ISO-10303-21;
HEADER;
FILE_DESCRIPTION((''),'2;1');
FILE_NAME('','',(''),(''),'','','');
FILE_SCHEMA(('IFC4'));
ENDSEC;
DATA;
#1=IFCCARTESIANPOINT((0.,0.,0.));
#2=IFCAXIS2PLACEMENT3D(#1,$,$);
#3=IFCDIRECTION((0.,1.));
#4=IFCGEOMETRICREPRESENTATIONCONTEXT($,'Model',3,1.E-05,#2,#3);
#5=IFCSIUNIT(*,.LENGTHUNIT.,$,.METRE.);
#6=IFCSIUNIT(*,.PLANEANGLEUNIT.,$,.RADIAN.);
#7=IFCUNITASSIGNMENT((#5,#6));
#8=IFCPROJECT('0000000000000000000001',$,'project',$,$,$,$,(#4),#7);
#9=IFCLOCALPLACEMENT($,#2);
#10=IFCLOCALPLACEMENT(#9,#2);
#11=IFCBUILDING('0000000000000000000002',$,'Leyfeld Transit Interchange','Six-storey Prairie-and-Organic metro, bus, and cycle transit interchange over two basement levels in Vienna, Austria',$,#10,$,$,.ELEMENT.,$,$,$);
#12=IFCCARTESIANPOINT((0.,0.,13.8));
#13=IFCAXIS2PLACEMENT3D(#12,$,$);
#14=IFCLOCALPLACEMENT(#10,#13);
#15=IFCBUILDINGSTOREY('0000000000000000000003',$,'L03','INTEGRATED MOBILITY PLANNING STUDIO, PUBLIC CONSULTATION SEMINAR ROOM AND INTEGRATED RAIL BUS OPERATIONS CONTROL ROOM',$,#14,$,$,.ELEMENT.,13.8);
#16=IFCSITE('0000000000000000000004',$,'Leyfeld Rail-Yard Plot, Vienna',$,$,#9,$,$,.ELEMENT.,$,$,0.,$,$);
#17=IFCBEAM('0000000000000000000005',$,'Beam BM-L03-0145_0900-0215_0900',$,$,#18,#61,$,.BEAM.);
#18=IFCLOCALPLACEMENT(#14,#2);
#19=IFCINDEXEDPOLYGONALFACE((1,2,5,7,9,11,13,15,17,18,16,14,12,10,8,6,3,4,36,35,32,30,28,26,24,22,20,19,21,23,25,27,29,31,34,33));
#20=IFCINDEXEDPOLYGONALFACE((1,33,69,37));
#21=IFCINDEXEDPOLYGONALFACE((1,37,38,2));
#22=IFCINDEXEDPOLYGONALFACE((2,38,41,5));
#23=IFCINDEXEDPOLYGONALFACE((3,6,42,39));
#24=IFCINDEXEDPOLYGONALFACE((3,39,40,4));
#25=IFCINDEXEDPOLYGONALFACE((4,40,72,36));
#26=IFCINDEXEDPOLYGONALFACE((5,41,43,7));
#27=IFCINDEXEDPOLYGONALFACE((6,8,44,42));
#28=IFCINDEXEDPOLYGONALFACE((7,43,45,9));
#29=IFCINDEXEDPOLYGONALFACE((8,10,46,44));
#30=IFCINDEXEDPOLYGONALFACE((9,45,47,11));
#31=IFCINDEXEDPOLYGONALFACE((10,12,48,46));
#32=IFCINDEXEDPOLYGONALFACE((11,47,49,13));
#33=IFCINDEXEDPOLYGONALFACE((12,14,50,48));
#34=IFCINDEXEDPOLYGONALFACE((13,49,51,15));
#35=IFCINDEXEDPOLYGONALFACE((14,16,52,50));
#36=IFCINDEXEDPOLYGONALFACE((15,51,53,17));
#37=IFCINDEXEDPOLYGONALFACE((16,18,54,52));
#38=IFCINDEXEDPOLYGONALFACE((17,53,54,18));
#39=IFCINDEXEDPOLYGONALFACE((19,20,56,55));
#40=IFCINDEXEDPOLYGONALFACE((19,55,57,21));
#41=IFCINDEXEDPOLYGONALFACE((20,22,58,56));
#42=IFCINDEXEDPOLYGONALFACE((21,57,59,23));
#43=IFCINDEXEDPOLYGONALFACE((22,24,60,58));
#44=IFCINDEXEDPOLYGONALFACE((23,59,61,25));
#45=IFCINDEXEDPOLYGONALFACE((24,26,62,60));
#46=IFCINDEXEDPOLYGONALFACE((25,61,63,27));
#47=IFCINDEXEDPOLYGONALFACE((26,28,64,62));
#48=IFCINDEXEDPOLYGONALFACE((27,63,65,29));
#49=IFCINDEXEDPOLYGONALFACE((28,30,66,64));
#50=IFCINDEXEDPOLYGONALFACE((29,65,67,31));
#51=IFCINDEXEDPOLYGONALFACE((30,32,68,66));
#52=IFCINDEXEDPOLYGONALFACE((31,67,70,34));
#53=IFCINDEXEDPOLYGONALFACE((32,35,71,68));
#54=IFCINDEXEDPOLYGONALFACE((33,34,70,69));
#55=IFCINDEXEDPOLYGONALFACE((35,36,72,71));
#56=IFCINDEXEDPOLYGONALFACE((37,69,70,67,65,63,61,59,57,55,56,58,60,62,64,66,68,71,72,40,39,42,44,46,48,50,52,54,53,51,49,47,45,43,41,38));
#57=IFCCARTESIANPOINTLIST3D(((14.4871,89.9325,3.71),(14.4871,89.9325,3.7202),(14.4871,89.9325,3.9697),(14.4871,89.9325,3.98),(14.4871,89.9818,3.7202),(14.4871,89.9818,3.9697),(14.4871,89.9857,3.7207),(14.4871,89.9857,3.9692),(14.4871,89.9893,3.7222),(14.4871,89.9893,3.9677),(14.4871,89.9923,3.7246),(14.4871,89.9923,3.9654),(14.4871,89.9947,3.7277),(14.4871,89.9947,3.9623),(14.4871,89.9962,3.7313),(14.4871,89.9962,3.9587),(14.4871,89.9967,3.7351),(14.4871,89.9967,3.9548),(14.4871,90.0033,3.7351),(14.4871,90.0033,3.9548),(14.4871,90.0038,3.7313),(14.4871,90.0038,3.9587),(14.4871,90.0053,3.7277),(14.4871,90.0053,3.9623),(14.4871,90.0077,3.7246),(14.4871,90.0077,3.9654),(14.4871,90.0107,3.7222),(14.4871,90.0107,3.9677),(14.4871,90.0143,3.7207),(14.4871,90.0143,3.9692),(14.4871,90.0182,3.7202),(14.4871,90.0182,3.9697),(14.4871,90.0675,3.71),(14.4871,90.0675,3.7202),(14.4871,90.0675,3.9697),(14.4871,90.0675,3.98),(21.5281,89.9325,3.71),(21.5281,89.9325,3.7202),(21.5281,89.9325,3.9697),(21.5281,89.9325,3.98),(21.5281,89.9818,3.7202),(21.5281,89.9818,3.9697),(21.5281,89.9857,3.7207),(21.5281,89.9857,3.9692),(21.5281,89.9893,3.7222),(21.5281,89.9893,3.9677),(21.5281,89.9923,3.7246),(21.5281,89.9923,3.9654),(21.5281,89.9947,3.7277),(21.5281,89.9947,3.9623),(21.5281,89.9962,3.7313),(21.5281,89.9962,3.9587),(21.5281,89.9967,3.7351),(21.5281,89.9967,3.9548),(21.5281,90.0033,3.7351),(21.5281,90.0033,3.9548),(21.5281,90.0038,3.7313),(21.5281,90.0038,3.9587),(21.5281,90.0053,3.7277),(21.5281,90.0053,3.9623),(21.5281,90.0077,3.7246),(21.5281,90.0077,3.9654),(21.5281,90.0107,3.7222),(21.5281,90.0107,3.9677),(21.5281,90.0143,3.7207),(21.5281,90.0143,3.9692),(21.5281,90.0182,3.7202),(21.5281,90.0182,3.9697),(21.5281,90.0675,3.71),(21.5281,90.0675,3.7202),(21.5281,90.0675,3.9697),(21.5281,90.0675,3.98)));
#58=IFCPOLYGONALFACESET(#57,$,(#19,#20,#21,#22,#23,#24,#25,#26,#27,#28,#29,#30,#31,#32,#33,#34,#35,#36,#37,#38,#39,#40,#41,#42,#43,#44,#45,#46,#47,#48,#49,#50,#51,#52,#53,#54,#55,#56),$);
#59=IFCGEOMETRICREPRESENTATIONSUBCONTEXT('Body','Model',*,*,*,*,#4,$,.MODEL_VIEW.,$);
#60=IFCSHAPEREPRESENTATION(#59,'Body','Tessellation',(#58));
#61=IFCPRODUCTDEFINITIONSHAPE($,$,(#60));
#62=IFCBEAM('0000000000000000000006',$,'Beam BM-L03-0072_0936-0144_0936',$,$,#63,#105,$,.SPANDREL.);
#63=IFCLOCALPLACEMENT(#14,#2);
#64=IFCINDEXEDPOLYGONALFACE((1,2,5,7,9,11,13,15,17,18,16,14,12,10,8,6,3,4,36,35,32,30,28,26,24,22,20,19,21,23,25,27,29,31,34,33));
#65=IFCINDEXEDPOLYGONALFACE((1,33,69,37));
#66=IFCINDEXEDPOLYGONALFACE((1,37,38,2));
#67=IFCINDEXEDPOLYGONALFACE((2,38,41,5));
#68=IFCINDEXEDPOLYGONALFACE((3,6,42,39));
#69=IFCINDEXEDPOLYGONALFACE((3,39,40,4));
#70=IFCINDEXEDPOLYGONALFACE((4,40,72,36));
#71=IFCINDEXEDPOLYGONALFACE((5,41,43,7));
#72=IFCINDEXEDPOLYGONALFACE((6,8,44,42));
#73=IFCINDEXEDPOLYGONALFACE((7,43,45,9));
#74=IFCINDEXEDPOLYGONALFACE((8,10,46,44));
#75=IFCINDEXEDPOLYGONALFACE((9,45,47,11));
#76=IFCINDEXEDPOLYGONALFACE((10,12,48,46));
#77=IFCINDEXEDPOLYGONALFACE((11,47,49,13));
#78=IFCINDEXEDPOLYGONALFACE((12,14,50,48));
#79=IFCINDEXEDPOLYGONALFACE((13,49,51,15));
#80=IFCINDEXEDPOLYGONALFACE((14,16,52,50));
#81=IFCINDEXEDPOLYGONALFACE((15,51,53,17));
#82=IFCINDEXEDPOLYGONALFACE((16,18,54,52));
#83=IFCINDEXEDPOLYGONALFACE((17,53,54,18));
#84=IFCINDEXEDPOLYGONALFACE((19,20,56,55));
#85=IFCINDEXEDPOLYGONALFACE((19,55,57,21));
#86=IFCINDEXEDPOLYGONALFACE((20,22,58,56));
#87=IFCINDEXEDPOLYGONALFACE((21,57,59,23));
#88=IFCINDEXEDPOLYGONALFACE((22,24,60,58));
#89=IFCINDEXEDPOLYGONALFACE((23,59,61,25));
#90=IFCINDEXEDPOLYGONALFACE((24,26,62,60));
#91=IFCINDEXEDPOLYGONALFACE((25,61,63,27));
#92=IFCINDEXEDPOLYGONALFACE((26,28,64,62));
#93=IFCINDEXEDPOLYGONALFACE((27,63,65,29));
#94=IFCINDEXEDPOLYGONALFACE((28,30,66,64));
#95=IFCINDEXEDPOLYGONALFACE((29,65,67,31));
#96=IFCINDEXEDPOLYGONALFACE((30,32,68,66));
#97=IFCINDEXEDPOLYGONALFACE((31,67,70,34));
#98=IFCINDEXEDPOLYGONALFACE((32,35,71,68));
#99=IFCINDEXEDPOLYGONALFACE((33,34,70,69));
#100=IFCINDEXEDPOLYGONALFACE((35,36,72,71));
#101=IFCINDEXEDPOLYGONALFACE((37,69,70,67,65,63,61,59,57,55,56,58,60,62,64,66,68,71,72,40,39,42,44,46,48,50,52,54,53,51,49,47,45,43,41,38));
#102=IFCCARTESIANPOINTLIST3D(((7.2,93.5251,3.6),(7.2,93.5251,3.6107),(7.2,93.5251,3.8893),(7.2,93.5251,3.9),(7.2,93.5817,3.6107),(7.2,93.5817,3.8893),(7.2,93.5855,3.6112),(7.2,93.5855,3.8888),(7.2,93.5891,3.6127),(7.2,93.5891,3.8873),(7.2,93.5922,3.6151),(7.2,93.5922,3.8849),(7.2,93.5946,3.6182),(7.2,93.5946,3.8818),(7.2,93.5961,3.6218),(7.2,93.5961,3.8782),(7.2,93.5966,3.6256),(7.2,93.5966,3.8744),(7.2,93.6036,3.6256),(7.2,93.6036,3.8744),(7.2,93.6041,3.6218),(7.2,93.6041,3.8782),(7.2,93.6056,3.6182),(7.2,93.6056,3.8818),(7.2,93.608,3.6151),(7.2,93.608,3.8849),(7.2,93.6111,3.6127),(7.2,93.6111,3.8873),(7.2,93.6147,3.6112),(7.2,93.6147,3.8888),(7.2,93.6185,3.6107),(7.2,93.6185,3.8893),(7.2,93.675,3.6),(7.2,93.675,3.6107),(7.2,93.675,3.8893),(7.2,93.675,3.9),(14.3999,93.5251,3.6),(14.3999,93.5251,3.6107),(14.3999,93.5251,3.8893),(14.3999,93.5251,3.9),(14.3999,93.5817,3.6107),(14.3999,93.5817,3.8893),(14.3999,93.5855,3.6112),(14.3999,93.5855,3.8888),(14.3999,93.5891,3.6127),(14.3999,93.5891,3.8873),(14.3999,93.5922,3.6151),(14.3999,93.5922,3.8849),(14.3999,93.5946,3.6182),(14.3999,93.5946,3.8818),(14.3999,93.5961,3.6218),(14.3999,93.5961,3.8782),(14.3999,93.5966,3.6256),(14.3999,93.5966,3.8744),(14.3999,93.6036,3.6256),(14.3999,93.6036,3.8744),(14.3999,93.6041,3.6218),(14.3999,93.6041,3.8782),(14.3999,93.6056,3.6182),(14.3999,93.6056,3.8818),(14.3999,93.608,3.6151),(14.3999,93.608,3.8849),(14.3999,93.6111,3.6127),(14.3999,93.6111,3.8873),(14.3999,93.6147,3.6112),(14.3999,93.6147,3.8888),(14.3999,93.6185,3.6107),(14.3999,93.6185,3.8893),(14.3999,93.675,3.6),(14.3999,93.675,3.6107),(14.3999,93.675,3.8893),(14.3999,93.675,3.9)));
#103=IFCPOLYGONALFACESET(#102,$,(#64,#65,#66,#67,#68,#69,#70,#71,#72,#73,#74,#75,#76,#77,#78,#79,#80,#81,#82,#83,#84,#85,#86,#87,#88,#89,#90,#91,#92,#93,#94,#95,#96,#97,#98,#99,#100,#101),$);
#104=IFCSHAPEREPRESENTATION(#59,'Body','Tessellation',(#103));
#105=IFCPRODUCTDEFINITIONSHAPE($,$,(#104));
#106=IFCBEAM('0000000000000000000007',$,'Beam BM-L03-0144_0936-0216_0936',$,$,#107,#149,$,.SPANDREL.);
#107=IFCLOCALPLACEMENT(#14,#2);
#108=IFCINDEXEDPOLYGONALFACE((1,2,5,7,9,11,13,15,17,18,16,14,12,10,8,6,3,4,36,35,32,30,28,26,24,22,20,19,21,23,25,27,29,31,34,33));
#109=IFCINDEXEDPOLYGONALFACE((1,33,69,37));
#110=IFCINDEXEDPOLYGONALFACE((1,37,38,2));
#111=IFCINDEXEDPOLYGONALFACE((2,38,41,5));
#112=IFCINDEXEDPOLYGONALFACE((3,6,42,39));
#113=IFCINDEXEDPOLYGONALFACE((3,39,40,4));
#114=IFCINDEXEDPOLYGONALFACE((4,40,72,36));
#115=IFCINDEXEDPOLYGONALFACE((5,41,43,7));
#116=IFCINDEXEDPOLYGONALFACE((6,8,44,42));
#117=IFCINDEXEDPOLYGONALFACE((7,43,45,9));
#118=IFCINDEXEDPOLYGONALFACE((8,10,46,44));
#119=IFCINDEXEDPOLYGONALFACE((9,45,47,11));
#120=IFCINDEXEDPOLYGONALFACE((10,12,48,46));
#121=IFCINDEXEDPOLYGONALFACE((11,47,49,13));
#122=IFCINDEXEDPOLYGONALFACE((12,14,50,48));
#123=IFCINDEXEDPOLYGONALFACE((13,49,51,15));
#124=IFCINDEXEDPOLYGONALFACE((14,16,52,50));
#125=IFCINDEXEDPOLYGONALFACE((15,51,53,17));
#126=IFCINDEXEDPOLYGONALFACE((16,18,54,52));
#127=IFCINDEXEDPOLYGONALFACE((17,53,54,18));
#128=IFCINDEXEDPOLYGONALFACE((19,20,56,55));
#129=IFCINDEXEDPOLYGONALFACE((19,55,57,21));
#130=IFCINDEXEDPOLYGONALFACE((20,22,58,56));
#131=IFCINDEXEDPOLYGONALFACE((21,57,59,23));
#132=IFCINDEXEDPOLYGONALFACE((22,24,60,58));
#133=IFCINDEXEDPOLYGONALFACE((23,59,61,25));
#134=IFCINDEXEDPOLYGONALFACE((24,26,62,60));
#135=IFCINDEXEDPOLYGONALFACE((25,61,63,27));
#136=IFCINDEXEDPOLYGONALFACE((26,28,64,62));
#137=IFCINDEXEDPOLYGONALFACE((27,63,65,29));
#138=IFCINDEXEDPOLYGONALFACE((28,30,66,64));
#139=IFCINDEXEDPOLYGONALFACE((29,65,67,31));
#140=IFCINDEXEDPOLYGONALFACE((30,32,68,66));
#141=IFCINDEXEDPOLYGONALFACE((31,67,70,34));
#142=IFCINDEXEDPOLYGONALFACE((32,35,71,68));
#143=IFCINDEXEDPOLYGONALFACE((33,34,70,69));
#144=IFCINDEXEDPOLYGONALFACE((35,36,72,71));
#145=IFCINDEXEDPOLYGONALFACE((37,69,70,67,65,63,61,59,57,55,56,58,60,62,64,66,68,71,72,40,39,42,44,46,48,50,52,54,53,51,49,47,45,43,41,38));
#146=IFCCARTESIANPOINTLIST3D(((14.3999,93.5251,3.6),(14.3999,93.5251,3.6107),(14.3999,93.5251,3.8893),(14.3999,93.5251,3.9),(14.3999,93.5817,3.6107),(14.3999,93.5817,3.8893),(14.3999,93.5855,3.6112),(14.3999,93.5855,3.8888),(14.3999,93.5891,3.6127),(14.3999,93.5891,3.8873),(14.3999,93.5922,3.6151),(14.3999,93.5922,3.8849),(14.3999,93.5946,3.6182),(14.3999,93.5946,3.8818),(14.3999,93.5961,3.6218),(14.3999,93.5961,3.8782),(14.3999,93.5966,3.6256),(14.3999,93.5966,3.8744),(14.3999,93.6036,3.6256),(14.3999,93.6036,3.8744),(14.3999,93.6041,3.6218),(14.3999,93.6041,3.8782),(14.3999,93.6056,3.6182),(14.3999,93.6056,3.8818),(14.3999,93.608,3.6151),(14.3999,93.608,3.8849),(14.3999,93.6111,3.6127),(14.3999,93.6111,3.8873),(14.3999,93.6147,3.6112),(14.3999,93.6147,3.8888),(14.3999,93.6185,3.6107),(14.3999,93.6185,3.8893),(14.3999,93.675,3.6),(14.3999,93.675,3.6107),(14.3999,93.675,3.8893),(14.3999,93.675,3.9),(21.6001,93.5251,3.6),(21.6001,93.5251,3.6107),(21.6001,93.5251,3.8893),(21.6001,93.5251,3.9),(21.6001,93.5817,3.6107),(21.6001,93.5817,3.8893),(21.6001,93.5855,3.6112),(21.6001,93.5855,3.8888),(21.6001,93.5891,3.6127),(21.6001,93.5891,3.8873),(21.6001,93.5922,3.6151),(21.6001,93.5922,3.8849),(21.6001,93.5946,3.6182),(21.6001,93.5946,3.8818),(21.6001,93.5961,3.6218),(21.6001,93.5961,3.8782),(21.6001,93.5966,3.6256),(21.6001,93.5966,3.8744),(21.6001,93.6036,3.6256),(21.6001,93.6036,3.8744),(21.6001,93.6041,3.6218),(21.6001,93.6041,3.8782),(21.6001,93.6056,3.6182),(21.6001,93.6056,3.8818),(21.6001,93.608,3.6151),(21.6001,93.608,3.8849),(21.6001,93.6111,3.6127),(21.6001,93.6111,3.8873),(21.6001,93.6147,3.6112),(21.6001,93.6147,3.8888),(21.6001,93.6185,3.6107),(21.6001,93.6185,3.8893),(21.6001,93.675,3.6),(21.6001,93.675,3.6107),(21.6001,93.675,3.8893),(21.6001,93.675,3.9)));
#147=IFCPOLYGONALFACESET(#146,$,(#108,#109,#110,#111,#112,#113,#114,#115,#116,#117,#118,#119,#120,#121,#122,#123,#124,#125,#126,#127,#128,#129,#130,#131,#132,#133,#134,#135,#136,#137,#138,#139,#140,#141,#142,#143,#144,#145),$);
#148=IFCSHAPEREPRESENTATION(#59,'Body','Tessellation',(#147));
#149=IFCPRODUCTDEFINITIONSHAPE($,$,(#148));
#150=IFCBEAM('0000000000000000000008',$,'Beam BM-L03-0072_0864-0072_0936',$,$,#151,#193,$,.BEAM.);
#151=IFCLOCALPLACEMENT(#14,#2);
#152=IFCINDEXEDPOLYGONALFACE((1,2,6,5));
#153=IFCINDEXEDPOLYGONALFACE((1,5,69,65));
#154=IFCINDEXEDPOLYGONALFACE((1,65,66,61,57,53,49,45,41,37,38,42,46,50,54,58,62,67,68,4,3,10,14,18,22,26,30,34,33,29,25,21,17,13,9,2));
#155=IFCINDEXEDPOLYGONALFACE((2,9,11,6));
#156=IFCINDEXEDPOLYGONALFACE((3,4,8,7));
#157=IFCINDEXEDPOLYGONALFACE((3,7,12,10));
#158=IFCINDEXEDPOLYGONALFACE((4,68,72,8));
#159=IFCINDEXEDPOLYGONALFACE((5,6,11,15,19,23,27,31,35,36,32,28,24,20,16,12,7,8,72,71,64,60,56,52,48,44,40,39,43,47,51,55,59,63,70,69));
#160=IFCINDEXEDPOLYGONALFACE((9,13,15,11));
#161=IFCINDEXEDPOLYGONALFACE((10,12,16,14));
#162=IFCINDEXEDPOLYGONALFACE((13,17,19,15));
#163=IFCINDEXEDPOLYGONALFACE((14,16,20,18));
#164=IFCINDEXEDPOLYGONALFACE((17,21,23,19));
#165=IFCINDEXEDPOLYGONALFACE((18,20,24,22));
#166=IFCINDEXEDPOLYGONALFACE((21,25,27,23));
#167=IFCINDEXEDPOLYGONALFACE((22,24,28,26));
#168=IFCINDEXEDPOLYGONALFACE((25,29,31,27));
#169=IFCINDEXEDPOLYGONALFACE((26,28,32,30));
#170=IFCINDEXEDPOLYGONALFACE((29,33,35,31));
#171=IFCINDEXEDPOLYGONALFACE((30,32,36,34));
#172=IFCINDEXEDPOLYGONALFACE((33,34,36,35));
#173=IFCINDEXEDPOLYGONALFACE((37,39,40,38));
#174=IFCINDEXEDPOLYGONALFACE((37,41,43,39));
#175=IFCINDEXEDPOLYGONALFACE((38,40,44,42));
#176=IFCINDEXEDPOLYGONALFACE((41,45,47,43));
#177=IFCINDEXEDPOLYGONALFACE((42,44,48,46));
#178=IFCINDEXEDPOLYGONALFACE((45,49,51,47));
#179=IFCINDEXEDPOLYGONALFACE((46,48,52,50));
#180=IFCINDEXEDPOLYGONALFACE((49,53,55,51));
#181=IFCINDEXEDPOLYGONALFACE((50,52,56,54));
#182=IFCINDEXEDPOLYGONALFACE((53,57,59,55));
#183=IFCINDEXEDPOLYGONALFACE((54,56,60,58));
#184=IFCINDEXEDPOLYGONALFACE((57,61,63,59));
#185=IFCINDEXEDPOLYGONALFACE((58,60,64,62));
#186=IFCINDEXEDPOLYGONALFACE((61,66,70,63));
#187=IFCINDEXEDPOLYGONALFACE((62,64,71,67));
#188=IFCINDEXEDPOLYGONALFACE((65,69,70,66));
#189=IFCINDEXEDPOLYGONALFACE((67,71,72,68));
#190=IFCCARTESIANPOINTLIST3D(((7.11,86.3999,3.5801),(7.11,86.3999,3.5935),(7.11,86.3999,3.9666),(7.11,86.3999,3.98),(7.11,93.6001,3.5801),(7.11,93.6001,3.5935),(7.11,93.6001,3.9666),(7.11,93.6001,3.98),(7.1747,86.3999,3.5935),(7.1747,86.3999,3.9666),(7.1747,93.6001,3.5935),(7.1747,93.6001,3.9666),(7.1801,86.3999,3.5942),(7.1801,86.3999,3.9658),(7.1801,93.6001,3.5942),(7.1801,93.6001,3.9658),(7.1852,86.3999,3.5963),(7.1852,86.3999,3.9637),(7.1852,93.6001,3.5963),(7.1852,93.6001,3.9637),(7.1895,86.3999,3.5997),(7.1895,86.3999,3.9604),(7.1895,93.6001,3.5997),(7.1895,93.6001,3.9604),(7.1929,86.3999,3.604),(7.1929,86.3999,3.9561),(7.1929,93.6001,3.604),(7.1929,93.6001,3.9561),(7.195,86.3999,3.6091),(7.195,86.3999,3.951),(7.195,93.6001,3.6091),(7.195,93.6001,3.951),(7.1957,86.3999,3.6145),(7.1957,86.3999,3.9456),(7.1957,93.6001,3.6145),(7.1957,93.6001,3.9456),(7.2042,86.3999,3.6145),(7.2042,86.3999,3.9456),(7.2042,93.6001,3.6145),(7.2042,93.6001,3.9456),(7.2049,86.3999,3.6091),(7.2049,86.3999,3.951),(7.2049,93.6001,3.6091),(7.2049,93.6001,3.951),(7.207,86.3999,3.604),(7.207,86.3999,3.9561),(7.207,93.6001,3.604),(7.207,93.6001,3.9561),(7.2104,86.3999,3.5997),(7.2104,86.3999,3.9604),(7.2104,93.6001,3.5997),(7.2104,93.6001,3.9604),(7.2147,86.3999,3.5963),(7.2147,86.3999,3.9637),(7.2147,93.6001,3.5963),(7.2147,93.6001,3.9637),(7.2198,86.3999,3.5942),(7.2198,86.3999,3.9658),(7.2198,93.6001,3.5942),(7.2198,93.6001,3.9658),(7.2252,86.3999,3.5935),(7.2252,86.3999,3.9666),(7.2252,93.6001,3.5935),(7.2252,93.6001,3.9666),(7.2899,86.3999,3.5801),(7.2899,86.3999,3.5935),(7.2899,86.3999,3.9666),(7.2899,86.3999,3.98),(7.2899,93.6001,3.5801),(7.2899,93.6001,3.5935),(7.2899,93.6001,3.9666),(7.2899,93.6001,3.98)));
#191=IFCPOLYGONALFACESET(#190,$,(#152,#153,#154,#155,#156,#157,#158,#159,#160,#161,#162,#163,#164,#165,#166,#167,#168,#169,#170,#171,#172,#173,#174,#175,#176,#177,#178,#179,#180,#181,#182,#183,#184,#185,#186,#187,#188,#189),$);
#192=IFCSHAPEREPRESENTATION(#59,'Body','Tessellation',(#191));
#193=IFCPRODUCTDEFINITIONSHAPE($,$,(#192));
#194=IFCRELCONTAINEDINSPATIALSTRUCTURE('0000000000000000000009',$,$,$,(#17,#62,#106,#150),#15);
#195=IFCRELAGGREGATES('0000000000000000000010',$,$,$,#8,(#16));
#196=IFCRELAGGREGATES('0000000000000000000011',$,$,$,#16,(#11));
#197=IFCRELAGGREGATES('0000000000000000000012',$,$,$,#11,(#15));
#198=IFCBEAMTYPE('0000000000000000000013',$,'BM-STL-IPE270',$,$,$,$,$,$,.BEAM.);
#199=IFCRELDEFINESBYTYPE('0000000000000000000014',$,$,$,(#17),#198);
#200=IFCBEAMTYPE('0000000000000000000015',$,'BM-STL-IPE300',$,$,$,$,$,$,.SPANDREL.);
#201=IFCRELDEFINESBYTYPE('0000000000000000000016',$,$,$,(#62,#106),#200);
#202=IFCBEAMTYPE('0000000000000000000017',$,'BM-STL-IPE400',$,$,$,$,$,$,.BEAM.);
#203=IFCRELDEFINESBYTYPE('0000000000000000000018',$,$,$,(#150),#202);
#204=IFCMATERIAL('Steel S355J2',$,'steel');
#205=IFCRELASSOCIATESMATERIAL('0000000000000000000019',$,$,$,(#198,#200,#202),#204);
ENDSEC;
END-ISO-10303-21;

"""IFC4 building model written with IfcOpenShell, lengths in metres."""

from ifc_helpers import new_model, si_unit, direction, frame, origin, origin_2d, place, context, subcontext, project, spatial, i_section, extrude, material, material_profile, profile_set, type_object, element, save


model = new_model("IFC4")

# Units and contexts
model_context = context("Model", 3, precision=1e-05, world=origin(), true_north=direction((0.0, 1.0)))
body_context = subcontext(model_context, "Body", "Model", "MODEL_VIEW")
ifc_project = project(units=[si_unit("LENGTHUNIT", "METRE"), si_unit("PLANEANGLEUNIT", "RADIAN")], contexts=[model_context])

# Site, building, storey
site_placement = place(None, origin())
site = spatial("IfcSite", under=ifc_project, at=site_placement, Name="Leyfeld Rail-Yard Plot, Vienna", CompositionType="ELEMENT", RefElevation=0.0)
building_placement = place(site_placement, origin())
building = spatial("IfcBuilding", under=site, at=building_placement, Name="Leyfeld Transit Interchange", Description="Six-storey Prairie-and-Organic metro, bus, and cycle transit interchange over two basement levels in Vienna, Austria", CompositionType="ELEMENT")
storey_placement = place(building_placement, frame((0.0, 0.0, 13.8)))
storey = spatial("IfcBuildingStorey", under=building, at=storey_placement, Name="L03", Description="INTEGRATED MOBILITY PLANNING STUDIO, PUBLIC CONSULTATION SEMINAR ROOM AND INTEGRATED RAIL BUS OPERATIONS CONTROL ROOM", CompositionType="ELEMENT", Elevation=13.8)

# Shared definitions
ifc_material_1 = material(Name="Steel S355J2", Category="steel")

# Beams
ifc_material_profile_1 = material_profile(ifc_material_1, i_section(OverallWidth=0.135, OverallDepth=0.27, WebThickness=0.0066, FlangeThickness=0.0103, FilletRadius=0.0149, at=origin_2d()), Name="IPE 270")
ifc_profile_set_1 = profile_set([ifc_material_profile_1], Name="Steel S355J2")
beam_type_1 = type_object("IfcBeamType", Name="BM-STL-IPE270", PredefinedType="BEAM", material=ifc_profile_set_1)
beam_1_placement = place(storey_placement, frame((14.4871, 90.0, 3.845), z_axis=(1.0, 0.0, 0.0), x_axis=(0.0, 1.0, 0.0)))
element("IfcBeam", 1, at=beam_1_placement, inside=storey, type_object=beam_type_1, Name="Beam BM-L03-0145_0900-0215_0900", PredefinedType="BEAM", context=body_context, shape_type="SweptSolid", body=[
    extrude(i_section(OverallWidth=0.135, OverallDepth=0.27, WebThickness=0.0066, FlangeThickness=0.0103, FilletRadius=0.0149, at=origin_2d()), origin(), (0.0, 0.0, 1.0), 7.041),
])
ifc_material_profile_2 = material_profile(ifc_material_1, i_section(OverallWidth=0.1499, OverallDepth=0.3, WebThickness=0.0071, FlangeThickness=0.0107, FilletRadius=0.0149, at=origin_2d()), Name="IPE 300")
ifc_profile_set_2 = profile_set([ifc_material_profile_2], Name="Steel S355J2")
beam_type_2 = type_object("IfcBeamType", Name="BM-STL-IPE300", PredefinedType="SPANDREL", material=ifc_profile_set_2)
beam_2_placement = place(storey_placement, frame((7.2, 93.6001, 3.75), z_axis=(1.0, 0.0, 0.0), x_axis=(0.0, 1.0, 0.0)))
element("IfcBeam", 2, at=beam_2_placement, inside=storey, type_object=beam_type_2, Name="Beam BM-L03-0072_0936-0144_0936", PredefinedType="SPANDREL", context=body_context, shape_type="SweptSolid", body=[
    extrude(i_section(OverallWidth=0.1499, OverallDepth=0.3, WebThickness=0.0071, FlangeThickness=0.0107, FilletRadius=0.0149, at=origin_2d()), origin(), (0.0, 0.0, 1.0), 7.2),
])
beam_3_placement = place(storey_placement, frame((14.3999, 93.6001, 3.75), z_axis=(1.0, 0.0, 0.0), x_axis=(0.0, 1.0, 0.0)))
element("IfcBeam", 3, at=beam_3_placement, inside=storey, type_object=beam_type_2, Name="Beam BM-L03-0144_0936-0216_0936", PredefinedType="SPANDREL", context=body_context, shape_type="SweptSolid", body=[
    extrude(i_section(OverallWidth=0.1499, OverallDepth=0.3, WebThickness=0.0071, FlangeThickness=0.0107, FilletRadius=0.0149, at=origin_2d()), origin(), (0.0, 0.0, 1.0), 7.2002),
])
ifc_material_profile_3 = material_profile(ifc_material_1, i_section(OverallWidth=0.1799, OverallDepth=0.3999, WebThickness=0.0085, FlangeThickness=0.0134, FilletRadius=0.021, at=origin_2d()), Name="IPE 400")
ifc_profile_set_3 = profile_set([ifc_material_profile_3], Name="Steel S355J2")
beam_type_3 = type_object("IfcBeamType", Name="BM-STL-IPE400", PredefinedType="BEAM", material=ifc_profile_set_3)
for number, where, z_axis, x_axis, name in (
    (4, (7.2, 86.3999, 3.78), (0.0, 1.0, 0.0), (-1.0, 0.0, 0.0), "Beam BM-L03-0072_0864-0072_0936"),
):
    element("IfcBeam", number, at=place(storey_placement, frame(where, z_axis=z_axis, x_axis=x_axis)), inside=storey, type_object=beam_type_3, Name=name, PredefinedType="BEAM", context=body_context, shape_type="SweptSolid", body=[
        extrude(i_section(OverallWidth=0.1799, OverallDepth=0.3999, WebThickness=0.0085, FlangeThickness=0.0134, FilletRadius=0.021, at=origin_2d()), origin(), (0.0, 0.0, 1.0), 7.2002),
    ])

save(model, "model.ifc")
